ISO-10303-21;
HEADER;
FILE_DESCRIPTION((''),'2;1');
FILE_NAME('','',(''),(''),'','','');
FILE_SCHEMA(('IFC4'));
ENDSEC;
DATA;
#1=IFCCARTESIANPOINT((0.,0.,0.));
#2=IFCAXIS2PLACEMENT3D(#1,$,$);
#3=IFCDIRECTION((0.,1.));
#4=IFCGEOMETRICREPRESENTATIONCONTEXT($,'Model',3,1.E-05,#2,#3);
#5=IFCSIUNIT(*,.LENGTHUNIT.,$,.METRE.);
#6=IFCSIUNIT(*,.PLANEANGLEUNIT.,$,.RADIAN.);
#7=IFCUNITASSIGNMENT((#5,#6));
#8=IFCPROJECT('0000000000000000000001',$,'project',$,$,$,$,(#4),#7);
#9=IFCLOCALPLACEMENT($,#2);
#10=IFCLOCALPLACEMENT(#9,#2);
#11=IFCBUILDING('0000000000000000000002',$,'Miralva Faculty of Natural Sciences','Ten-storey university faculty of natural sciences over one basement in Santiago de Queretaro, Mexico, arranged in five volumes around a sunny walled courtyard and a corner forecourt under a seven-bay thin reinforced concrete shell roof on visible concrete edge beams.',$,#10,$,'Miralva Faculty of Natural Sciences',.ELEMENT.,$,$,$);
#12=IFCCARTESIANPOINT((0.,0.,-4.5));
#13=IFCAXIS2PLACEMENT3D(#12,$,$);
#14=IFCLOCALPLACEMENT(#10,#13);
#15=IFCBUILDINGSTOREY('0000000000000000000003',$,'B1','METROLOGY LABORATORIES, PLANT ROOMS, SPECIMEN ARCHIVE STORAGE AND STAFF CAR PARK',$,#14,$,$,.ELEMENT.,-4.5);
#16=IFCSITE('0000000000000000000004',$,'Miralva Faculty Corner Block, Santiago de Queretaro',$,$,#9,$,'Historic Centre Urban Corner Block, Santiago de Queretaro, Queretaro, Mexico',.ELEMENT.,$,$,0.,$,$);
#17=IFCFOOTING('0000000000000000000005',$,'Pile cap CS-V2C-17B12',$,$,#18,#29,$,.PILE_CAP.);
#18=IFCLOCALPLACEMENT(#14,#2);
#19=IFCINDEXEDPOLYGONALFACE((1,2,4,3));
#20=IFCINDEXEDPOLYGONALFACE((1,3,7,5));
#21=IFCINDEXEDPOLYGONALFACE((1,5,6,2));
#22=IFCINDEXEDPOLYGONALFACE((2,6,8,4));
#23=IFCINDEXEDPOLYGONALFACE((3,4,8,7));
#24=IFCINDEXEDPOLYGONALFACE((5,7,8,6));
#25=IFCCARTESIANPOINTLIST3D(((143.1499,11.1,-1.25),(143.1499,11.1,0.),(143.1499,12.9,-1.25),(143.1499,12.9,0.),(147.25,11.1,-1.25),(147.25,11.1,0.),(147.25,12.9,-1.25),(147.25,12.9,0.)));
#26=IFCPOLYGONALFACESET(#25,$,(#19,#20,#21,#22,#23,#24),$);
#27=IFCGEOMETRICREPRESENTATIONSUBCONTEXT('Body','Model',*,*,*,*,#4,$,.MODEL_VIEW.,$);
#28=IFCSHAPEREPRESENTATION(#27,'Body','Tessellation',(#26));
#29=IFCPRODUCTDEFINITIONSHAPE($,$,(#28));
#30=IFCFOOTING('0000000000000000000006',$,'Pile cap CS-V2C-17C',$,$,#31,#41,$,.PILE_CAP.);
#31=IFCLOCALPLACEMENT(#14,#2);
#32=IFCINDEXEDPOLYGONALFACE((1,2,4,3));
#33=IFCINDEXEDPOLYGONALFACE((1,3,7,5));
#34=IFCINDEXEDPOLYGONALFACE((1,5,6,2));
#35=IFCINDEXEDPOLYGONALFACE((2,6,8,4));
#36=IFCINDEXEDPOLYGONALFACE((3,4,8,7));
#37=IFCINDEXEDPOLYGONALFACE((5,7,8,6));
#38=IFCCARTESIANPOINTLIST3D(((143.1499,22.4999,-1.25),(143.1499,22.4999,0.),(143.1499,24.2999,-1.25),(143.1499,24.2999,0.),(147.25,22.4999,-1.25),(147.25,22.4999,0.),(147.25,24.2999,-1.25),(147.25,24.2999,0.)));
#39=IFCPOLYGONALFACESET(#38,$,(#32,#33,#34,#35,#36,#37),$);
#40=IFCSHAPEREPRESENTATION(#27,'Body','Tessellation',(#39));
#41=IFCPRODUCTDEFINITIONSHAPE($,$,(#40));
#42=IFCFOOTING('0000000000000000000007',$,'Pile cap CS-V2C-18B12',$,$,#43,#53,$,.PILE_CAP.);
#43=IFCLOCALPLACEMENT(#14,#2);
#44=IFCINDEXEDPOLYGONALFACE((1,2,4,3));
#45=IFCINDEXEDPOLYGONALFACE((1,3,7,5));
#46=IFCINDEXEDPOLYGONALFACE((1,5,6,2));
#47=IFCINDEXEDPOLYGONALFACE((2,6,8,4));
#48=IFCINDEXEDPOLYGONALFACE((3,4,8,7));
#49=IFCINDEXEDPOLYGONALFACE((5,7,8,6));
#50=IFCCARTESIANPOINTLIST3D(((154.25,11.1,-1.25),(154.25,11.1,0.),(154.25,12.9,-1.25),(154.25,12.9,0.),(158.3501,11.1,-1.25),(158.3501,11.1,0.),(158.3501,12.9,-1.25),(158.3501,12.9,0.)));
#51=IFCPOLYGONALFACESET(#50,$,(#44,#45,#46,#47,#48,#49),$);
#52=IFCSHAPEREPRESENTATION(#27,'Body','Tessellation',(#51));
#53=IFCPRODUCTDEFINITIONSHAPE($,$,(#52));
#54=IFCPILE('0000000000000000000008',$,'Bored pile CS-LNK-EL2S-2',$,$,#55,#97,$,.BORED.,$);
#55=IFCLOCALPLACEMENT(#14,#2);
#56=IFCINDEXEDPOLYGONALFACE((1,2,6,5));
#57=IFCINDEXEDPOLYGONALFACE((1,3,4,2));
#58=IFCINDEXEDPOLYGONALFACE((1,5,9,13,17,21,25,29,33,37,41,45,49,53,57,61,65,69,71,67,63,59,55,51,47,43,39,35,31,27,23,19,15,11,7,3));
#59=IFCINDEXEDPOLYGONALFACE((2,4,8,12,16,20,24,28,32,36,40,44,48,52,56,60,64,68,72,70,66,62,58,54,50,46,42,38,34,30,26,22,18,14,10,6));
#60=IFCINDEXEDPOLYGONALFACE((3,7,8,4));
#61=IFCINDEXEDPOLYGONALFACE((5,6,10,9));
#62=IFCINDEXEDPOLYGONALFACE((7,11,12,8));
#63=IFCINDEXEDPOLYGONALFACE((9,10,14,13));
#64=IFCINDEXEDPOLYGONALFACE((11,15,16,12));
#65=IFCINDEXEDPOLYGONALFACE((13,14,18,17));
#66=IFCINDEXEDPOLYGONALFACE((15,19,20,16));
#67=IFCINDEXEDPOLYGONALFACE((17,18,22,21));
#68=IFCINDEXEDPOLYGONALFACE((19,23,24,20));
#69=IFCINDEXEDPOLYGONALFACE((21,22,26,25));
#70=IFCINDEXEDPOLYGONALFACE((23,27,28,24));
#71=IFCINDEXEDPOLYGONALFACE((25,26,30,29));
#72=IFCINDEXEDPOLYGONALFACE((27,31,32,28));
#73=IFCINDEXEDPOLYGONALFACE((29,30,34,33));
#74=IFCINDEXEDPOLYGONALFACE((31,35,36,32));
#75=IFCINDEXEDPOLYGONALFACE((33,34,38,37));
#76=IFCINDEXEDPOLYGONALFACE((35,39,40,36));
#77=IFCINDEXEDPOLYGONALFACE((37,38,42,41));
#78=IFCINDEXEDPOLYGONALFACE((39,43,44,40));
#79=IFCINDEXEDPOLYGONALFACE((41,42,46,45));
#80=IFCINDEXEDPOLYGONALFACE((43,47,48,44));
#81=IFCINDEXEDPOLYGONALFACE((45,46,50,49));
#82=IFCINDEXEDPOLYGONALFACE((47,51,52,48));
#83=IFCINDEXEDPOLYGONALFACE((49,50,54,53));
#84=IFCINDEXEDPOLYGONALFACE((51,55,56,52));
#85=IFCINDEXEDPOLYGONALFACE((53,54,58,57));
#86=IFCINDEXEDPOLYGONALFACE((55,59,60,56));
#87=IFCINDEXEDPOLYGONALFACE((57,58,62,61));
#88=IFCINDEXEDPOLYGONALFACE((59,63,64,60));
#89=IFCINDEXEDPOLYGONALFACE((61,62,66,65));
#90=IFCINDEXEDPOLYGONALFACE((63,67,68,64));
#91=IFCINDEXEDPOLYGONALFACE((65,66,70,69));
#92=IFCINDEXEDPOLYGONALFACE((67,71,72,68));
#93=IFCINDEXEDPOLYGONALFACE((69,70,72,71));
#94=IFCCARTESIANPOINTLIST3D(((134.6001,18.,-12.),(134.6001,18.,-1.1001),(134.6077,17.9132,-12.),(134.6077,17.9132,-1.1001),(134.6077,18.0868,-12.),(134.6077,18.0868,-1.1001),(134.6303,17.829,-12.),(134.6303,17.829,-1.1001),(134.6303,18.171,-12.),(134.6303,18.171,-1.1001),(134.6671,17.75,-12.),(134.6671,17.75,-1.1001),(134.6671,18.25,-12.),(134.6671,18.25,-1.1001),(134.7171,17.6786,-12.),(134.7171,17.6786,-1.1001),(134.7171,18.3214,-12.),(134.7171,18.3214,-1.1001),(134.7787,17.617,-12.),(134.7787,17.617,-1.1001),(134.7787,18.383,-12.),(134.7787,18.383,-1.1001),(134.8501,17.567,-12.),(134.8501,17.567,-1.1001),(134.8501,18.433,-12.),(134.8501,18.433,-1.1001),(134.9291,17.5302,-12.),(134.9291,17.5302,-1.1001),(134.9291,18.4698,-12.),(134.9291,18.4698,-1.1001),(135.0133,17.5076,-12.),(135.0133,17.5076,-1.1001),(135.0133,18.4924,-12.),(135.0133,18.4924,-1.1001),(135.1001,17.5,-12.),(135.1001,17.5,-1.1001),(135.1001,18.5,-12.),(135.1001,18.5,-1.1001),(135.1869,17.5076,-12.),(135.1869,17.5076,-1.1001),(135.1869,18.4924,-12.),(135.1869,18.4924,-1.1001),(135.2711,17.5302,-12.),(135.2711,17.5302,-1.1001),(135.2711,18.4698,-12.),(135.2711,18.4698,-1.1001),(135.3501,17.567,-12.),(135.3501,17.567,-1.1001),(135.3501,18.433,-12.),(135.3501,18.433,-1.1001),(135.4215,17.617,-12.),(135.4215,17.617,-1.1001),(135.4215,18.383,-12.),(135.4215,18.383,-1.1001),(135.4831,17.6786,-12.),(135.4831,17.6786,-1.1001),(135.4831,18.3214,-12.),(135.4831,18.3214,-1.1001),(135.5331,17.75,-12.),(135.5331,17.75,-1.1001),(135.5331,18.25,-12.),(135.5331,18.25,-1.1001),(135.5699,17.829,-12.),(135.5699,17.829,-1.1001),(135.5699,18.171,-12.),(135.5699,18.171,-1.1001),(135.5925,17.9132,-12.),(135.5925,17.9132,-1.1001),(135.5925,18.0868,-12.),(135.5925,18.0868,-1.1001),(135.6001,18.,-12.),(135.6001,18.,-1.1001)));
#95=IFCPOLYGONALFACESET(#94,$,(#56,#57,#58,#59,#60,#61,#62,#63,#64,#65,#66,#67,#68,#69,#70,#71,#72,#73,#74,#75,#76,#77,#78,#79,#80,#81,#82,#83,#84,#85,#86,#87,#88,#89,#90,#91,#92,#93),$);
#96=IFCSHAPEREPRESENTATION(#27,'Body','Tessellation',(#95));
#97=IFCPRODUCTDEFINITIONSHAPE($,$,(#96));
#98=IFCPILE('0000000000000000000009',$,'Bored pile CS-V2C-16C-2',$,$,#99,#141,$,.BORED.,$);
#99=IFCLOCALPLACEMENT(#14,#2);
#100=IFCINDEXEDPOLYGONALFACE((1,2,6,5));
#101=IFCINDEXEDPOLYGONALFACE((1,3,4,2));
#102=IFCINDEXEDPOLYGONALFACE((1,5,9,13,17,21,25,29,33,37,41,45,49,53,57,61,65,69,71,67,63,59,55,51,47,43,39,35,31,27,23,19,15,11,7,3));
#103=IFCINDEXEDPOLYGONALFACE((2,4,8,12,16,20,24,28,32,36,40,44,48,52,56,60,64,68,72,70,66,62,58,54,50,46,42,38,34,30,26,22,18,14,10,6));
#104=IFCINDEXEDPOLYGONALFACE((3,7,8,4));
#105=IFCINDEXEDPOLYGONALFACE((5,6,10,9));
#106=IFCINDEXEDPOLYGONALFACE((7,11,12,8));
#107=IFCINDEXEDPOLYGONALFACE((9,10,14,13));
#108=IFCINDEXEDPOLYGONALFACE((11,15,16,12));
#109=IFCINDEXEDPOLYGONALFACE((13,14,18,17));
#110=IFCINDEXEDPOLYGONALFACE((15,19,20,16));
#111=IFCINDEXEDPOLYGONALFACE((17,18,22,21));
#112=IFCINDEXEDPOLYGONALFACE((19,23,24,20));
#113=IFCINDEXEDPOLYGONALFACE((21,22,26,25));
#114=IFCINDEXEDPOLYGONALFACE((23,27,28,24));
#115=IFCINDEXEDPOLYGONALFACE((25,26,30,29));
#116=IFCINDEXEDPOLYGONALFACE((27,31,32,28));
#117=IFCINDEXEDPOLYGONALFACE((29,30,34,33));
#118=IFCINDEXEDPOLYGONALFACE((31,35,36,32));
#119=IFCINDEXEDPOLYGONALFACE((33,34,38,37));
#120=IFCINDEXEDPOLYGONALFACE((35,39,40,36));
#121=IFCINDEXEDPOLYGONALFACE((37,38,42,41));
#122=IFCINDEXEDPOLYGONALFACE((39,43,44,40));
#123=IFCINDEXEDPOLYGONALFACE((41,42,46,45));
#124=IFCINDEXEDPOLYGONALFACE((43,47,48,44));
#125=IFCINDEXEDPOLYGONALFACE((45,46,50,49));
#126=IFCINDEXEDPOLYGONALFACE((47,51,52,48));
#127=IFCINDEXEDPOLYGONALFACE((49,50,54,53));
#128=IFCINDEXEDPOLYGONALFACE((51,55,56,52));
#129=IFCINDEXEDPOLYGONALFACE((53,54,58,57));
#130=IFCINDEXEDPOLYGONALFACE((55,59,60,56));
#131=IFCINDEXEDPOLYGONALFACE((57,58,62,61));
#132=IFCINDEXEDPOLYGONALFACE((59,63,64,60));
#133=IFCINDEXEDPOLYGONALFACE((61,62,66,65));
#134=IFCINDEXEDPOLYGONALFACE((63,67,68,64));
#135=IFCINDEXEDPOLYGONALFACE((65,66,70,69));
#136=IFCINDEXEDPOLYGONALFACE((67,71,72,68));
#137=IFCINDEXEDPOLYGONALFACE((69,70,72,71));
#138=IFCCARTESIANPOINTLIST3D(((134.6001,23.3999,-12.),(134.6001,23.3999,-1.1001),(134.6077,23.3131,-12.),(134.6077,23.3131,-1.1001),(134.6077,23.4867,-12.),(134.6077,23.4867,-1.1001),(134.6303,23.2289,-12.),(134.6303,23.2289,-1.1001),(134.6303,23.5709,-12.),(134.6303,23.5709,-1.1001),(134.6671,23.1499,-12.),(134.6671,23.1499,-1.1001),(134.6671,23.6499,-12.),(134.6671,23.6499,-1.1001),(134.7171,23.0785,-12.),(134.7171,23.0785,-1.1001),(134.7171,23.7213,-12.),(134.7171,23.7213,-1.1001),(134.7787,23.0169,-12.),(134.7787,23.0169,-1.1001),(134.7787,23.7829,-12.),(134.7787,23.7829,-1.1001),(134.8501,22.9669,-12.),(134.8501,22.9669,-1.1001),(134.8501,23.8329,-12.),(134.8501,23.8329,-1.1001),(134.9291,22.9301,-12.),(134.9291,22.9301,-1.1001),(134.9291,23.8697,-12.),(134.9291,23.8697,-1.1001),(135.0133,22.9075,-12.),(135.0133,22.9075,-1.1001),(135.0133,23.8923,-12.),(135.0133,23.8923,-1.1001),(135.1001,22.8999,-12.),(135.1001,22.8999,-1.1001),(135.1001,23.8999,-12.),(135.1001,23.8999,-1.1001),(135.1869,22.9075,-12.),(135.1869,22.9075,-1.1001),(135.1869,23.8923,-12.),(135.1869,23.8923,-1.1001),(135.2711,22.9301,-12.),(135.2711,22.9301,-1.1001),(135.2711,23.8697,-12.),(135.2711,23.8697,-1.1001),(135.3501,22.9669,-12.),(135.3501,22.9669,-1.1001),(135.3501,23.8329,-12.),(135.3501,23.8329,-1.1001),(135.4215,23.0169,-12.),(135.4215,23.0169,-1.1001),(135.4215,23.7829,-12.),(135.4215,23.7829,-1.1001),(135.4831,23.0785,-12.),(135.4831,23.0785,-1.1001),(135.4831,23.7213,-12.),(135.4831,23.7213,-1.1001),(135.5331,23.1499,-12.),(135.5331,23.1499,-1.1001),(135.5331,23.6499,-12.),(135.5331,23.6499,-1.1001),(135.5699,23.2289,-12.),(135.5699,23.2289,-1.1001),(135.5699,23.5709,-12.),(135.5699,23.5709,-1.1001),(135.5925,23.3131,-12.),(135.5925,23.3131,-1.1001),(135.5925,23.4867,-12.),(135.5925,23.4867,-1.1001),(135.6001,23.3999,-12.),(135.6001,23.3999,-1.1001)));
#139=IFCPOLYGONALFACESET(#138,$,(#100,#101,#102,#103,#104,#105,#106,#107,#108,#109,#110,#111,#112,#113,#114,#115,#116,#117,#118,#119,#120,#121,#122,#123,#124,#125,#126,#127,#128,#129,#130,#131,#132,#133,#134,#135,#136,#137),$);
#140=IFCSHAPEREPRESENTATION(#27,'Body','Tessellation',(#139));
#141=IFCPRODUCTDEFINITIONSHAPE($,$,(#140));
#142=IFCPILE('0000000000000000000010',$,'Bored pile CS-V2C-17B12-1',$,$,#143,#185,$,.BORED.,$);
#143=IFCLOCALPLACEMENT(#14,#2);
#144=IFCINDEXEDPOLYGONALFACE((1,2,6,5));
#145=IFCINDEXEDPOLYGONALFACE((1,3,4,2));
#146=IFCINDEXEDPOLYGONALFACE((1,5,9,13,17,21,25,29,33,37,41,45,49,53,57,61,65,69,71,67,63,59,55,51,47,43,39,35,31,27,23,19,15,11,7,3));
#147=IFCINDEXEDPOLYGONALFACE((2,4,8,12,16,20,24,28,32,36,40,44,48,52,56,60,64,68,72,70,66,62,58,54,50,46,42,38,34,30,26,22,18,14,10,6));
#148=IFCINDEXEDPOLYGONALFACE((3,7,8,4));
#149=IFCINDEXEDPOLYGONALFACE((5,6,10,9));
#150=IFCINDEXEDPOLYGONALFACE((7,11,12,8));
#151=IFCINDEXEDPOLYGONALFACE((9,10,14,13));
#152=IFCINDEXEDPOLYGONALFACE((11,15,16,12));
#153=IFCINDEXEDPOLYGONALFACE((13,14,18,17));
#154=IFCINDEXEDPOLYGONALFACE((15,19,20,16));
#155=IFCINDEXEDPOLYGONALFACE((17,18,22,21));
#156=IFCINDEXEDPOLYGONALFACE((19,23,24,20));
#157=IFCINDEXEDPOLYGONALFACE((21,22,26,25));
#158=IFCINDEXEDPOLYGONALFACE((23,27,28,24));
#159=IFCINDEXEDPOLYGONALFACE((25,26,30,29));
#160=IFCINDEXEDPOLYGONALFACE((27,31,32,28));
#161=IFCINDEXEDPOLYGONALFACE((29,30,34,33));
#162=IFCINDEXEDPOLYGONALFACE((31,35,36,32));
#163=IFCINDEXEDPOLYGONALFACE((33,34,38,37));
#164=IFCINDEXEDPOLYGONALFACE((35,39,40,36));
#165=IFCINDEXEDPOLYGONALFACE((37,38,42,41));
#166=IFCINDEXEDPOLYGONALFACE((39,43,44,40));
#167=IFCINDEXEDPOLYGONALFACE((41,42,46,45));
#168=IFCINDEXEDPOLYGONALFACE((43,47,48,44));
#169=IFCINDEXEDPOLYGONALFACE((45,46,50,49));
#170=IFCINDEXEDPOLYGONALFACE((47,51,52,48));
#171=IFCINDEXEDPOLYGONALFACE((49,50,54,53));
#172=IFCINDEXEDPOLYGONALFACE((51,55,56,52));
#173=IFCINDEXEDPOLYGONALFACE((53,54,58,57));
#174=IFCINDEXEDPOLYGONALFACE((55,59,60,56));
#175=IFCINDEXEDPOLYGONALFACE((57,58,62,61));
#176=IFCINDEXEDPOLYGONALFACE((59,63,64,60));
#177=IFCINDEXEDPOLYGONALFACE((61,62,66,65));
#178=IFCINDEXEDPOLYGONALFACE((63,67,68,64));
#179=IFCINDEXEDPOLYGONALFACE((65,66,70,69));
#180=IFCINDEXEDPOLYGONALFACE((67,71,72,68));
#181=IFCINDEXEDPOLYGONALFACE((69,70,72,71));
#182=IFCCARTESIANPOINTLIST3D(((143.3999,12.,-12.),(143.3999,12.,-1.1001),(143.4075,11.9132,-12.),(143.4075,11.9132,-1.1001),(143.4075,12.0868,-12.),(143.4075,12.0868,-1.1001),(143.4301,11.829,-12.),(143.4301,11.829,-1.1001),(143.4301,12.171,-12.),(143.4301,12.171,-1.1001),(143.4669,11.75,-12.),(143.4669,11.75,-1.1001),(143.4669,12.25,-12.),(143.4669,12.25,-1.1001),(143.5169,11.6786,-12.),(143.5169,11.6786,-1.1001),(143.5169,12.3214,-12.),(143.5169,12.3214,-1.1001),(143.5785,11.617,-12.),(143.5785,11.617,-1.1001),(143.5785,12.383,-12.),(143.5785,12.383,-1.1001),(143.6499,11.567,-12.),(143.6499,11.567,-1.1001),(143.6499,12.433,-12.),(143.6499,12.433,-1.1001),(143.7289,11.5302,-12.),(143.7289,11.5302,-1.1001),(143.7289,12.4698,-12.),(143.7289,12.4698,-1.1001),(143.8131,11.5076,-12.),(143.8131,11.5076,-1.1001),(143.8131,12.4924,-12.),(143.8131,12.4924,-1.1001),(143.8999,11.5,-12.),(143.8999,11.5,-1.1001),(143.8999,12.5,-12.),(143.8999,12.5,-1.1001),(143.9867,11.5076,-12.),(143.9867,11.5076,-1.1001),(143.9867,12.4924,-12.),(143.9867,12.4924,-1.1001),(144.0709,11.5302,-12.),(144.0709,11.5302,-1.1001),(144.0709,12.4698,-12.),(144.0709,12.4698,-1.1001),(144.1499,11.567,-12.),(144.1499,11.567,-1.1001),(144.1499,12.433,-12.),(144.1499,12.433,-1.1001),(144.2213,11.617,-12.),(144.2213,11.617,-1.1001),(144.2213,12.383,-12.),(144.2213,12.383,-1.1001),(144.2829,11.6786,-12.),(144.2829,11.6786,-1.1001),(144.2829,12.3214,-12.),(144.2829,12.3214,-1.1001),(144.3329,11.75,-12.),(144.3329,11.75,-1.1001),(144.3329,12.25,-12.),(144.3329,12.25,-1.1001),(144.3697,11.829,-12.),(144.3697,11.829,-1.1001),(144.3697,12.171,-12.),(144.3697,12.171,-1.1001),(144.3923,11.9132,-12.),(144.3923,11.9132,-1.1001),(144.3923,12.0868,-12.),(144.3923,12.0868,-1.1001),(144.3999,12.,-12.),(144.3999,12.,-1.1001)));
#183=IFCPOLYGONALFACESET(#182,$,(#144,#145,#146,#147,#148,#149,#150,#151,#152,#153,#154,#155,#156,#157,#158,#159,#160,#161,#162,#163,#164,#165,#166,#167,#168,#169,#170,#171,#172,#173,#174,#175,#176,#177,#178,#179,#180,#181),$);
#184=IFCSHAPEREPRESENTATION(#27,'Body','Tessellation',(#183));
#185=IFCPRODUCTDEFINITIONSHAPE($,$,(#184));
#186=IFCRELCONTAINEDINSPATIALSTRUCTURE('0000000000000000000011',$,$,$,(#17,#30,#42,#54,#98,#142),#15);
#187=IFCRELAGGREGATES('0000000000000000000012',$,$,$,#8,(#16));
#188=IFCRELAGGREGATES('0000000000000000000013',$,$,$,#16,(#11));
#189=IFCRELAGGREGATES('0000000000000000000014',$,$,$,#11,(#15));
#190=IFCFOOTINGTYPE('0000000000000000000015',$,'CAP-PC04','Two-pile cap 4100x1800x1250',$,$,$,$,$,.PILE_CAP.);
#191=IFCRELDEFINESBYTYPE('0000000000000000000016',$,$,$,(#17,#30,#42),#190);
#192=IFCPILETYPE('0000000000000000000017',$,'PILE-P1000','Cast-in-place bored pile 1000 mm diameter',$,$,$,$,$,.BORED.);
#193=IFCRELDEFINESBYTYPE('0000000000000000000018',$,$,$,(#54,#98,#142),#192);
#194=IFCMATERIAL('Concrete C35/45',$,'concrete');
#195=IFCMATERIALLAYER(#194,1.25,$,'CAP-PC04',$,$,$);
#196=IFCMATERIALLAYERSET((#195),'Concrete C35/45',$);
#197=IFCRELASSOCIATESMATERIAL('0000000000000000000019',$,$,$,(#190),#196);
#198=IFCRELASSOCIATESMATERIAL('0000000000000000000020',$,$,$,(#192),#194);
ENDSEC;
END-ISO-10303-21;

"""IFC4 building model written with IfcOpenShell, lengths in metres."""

from ifc_helpers import new_model, si_unit, direction, frame, origin, origin_2d, place, context, subcontext, project, spatial, rectangle, circle, extrude, material, layer, layer_set, material_profile, profile_set, type_object, element, save


model = new_model("IFC4")

# Units and contexts
model_context = context("Model", 3, precision=1e-05, world=origin(), true_north=direction((0.0, 1.0)))
body_context = subcontext(model_context, "Body", "Model", "MODEL_VIEW")
ifc_project = project(units=[si_unit("LENGTHUNIT", "METRE"), si_unit("PLANEANGLEUNIT", "RADIAN")], contexts=[model_context])

# Site, building, storey
site_placement = place(None, origin())
site = spatial("IfcSite", under=ifc_project, at=site_placement, Name="Miralva Faculty Corner Block, Santiago de Queretaro", LongName="Historic Centre Urban Corner Block, Santiago de Queretaro, Queretaro, Mexico", CompositionType="ELEMENT", RefElevation=0.0)
building_placement = place(site_placement, origin())
building = spatial("IfcBuilding", under=site, at=building_placement, Name="Miralva Faculty of Natural Sciences", Description="Ten-storey university faculty of natural sciences over one basement in Santiago de Queretaro, Mexico, arranged in five volumes around a sunny walled courtyard and a corner forecourt under a seven-bay thin reinforced concrete shell roof on visible concrete edge beams.", LongName="Miralva Faculty of Natural Sciences", CompositionType="ELEMENT")
storey_placement = place(building_placement, frame((0.0, 0.0, -4.5)))
storey = spatial("IfcBuildingStorey", under=building, at=storey_placement, Name="B1", Description="METROLOGY LABORATORIES, PLANT ROOMS, SPECIMEN ARCHIVE STORAGE AND STAFF CAR PARK", CompositionType="ELEMENT", Elevation=-4.5)

# Footings
ifc_material_1 = material(Name="Concrete C35/45", Category="concrete")
ifc_layer = layer(ifc_material_1, 1.25, Name="CAP-PC04")
ifc_layer_set = layer_set([ifc_layer], Name="Concrete C35/45")
footing_type_1 = type_object("IfcFootingType", Name="CAP-PC04", Description="Two-pile cap 4100x1800x1250", PredefinedType="PILE_CAP", material=ifc_layer_set)
for number, where, z_axis, x_axis, name in (
    (1, (145.2, 12.0, -1.25), (0.0, 0.0, 1.0), (1.0, 0.0, 0.0), "Pile cap CS-V2C-17B12"),
    (2, (145.2, 23.3999, -1.25), (0.0, 0.0, 1.0), (1.0, 0.0, 0.0), "Pile cap CS-V2C-17C"),
    (3, (156.3, 12.0, -1.25), (0.0, 0.0, 1.0), (1.0, 0.0, 0.0), "Pile cap CS-V2C-18B12"),
):
    element("IfcFooting", number, at=place(storey_placement, frame(where, z_axis=z_axis, x_axis=x_axis)), inside=storey, type_object=footing_type_1, Name=name, PredefinedType="PILE_CAP", context=body_context, shape_type="SweptSolid", body=[
        extrude(rectangle(XDim=4.1001, YDim=1.8, at=origin_2d()), origin(), (0.0, 0.0, 1.0), 1.25),
    ])

# Piles
ifc_material_profile_1 = material_profile(ifc_material_1, circle(Radius=0.5, at=origin_2d()), Name="BORED PILE 1000")
ifc_profile_set_1 = profile_set([ifc_material_profile_1], Name="Concrete C35/45")
pile_type = type_object("IfcPileType", Name="PILE-P1000", Description="Cast-in-place bored pile 1000 mm diameter", PredefinedType="BORED", material=ifc_profile_set_1)
for number, where, z_axis, x_axis, name in (
    (4, (135.1001, 18.0, -1.1001), (0.0, 0.0, -1.0), (1.0, 0.0, 0.0), "Bored pile CS-LNK-EL2S-2"),
    (5, (135.1001, 23.3999, -1.1001), (0.0, 0.0, -1.0), (1.0, 0.0, 0.0), "Bored pile CS-V2C-16C-2"),
    (6, (143.8999, 12.0, -1.1001), (0.0, 0.0, -1.0), (1.0, 0.0, 0.0), "Bored pile CS-V2C-17B12-1"),
):
    element("IfcPile", number, at=place(storey_placement, frame(where, z_axis=z_axis, x_axis=x_axis)), inside=storey, type_object=pile_type, Name=name, PredefinedType="BORED", context=body_context, shape_type="SweptSolid", body=[
        extrude(circle(Radius=0.5, at=origin_2d()), origin(), (0.0, 0.0, 1.0), 10.8999),
    ])

save(model, "model.ifc")
